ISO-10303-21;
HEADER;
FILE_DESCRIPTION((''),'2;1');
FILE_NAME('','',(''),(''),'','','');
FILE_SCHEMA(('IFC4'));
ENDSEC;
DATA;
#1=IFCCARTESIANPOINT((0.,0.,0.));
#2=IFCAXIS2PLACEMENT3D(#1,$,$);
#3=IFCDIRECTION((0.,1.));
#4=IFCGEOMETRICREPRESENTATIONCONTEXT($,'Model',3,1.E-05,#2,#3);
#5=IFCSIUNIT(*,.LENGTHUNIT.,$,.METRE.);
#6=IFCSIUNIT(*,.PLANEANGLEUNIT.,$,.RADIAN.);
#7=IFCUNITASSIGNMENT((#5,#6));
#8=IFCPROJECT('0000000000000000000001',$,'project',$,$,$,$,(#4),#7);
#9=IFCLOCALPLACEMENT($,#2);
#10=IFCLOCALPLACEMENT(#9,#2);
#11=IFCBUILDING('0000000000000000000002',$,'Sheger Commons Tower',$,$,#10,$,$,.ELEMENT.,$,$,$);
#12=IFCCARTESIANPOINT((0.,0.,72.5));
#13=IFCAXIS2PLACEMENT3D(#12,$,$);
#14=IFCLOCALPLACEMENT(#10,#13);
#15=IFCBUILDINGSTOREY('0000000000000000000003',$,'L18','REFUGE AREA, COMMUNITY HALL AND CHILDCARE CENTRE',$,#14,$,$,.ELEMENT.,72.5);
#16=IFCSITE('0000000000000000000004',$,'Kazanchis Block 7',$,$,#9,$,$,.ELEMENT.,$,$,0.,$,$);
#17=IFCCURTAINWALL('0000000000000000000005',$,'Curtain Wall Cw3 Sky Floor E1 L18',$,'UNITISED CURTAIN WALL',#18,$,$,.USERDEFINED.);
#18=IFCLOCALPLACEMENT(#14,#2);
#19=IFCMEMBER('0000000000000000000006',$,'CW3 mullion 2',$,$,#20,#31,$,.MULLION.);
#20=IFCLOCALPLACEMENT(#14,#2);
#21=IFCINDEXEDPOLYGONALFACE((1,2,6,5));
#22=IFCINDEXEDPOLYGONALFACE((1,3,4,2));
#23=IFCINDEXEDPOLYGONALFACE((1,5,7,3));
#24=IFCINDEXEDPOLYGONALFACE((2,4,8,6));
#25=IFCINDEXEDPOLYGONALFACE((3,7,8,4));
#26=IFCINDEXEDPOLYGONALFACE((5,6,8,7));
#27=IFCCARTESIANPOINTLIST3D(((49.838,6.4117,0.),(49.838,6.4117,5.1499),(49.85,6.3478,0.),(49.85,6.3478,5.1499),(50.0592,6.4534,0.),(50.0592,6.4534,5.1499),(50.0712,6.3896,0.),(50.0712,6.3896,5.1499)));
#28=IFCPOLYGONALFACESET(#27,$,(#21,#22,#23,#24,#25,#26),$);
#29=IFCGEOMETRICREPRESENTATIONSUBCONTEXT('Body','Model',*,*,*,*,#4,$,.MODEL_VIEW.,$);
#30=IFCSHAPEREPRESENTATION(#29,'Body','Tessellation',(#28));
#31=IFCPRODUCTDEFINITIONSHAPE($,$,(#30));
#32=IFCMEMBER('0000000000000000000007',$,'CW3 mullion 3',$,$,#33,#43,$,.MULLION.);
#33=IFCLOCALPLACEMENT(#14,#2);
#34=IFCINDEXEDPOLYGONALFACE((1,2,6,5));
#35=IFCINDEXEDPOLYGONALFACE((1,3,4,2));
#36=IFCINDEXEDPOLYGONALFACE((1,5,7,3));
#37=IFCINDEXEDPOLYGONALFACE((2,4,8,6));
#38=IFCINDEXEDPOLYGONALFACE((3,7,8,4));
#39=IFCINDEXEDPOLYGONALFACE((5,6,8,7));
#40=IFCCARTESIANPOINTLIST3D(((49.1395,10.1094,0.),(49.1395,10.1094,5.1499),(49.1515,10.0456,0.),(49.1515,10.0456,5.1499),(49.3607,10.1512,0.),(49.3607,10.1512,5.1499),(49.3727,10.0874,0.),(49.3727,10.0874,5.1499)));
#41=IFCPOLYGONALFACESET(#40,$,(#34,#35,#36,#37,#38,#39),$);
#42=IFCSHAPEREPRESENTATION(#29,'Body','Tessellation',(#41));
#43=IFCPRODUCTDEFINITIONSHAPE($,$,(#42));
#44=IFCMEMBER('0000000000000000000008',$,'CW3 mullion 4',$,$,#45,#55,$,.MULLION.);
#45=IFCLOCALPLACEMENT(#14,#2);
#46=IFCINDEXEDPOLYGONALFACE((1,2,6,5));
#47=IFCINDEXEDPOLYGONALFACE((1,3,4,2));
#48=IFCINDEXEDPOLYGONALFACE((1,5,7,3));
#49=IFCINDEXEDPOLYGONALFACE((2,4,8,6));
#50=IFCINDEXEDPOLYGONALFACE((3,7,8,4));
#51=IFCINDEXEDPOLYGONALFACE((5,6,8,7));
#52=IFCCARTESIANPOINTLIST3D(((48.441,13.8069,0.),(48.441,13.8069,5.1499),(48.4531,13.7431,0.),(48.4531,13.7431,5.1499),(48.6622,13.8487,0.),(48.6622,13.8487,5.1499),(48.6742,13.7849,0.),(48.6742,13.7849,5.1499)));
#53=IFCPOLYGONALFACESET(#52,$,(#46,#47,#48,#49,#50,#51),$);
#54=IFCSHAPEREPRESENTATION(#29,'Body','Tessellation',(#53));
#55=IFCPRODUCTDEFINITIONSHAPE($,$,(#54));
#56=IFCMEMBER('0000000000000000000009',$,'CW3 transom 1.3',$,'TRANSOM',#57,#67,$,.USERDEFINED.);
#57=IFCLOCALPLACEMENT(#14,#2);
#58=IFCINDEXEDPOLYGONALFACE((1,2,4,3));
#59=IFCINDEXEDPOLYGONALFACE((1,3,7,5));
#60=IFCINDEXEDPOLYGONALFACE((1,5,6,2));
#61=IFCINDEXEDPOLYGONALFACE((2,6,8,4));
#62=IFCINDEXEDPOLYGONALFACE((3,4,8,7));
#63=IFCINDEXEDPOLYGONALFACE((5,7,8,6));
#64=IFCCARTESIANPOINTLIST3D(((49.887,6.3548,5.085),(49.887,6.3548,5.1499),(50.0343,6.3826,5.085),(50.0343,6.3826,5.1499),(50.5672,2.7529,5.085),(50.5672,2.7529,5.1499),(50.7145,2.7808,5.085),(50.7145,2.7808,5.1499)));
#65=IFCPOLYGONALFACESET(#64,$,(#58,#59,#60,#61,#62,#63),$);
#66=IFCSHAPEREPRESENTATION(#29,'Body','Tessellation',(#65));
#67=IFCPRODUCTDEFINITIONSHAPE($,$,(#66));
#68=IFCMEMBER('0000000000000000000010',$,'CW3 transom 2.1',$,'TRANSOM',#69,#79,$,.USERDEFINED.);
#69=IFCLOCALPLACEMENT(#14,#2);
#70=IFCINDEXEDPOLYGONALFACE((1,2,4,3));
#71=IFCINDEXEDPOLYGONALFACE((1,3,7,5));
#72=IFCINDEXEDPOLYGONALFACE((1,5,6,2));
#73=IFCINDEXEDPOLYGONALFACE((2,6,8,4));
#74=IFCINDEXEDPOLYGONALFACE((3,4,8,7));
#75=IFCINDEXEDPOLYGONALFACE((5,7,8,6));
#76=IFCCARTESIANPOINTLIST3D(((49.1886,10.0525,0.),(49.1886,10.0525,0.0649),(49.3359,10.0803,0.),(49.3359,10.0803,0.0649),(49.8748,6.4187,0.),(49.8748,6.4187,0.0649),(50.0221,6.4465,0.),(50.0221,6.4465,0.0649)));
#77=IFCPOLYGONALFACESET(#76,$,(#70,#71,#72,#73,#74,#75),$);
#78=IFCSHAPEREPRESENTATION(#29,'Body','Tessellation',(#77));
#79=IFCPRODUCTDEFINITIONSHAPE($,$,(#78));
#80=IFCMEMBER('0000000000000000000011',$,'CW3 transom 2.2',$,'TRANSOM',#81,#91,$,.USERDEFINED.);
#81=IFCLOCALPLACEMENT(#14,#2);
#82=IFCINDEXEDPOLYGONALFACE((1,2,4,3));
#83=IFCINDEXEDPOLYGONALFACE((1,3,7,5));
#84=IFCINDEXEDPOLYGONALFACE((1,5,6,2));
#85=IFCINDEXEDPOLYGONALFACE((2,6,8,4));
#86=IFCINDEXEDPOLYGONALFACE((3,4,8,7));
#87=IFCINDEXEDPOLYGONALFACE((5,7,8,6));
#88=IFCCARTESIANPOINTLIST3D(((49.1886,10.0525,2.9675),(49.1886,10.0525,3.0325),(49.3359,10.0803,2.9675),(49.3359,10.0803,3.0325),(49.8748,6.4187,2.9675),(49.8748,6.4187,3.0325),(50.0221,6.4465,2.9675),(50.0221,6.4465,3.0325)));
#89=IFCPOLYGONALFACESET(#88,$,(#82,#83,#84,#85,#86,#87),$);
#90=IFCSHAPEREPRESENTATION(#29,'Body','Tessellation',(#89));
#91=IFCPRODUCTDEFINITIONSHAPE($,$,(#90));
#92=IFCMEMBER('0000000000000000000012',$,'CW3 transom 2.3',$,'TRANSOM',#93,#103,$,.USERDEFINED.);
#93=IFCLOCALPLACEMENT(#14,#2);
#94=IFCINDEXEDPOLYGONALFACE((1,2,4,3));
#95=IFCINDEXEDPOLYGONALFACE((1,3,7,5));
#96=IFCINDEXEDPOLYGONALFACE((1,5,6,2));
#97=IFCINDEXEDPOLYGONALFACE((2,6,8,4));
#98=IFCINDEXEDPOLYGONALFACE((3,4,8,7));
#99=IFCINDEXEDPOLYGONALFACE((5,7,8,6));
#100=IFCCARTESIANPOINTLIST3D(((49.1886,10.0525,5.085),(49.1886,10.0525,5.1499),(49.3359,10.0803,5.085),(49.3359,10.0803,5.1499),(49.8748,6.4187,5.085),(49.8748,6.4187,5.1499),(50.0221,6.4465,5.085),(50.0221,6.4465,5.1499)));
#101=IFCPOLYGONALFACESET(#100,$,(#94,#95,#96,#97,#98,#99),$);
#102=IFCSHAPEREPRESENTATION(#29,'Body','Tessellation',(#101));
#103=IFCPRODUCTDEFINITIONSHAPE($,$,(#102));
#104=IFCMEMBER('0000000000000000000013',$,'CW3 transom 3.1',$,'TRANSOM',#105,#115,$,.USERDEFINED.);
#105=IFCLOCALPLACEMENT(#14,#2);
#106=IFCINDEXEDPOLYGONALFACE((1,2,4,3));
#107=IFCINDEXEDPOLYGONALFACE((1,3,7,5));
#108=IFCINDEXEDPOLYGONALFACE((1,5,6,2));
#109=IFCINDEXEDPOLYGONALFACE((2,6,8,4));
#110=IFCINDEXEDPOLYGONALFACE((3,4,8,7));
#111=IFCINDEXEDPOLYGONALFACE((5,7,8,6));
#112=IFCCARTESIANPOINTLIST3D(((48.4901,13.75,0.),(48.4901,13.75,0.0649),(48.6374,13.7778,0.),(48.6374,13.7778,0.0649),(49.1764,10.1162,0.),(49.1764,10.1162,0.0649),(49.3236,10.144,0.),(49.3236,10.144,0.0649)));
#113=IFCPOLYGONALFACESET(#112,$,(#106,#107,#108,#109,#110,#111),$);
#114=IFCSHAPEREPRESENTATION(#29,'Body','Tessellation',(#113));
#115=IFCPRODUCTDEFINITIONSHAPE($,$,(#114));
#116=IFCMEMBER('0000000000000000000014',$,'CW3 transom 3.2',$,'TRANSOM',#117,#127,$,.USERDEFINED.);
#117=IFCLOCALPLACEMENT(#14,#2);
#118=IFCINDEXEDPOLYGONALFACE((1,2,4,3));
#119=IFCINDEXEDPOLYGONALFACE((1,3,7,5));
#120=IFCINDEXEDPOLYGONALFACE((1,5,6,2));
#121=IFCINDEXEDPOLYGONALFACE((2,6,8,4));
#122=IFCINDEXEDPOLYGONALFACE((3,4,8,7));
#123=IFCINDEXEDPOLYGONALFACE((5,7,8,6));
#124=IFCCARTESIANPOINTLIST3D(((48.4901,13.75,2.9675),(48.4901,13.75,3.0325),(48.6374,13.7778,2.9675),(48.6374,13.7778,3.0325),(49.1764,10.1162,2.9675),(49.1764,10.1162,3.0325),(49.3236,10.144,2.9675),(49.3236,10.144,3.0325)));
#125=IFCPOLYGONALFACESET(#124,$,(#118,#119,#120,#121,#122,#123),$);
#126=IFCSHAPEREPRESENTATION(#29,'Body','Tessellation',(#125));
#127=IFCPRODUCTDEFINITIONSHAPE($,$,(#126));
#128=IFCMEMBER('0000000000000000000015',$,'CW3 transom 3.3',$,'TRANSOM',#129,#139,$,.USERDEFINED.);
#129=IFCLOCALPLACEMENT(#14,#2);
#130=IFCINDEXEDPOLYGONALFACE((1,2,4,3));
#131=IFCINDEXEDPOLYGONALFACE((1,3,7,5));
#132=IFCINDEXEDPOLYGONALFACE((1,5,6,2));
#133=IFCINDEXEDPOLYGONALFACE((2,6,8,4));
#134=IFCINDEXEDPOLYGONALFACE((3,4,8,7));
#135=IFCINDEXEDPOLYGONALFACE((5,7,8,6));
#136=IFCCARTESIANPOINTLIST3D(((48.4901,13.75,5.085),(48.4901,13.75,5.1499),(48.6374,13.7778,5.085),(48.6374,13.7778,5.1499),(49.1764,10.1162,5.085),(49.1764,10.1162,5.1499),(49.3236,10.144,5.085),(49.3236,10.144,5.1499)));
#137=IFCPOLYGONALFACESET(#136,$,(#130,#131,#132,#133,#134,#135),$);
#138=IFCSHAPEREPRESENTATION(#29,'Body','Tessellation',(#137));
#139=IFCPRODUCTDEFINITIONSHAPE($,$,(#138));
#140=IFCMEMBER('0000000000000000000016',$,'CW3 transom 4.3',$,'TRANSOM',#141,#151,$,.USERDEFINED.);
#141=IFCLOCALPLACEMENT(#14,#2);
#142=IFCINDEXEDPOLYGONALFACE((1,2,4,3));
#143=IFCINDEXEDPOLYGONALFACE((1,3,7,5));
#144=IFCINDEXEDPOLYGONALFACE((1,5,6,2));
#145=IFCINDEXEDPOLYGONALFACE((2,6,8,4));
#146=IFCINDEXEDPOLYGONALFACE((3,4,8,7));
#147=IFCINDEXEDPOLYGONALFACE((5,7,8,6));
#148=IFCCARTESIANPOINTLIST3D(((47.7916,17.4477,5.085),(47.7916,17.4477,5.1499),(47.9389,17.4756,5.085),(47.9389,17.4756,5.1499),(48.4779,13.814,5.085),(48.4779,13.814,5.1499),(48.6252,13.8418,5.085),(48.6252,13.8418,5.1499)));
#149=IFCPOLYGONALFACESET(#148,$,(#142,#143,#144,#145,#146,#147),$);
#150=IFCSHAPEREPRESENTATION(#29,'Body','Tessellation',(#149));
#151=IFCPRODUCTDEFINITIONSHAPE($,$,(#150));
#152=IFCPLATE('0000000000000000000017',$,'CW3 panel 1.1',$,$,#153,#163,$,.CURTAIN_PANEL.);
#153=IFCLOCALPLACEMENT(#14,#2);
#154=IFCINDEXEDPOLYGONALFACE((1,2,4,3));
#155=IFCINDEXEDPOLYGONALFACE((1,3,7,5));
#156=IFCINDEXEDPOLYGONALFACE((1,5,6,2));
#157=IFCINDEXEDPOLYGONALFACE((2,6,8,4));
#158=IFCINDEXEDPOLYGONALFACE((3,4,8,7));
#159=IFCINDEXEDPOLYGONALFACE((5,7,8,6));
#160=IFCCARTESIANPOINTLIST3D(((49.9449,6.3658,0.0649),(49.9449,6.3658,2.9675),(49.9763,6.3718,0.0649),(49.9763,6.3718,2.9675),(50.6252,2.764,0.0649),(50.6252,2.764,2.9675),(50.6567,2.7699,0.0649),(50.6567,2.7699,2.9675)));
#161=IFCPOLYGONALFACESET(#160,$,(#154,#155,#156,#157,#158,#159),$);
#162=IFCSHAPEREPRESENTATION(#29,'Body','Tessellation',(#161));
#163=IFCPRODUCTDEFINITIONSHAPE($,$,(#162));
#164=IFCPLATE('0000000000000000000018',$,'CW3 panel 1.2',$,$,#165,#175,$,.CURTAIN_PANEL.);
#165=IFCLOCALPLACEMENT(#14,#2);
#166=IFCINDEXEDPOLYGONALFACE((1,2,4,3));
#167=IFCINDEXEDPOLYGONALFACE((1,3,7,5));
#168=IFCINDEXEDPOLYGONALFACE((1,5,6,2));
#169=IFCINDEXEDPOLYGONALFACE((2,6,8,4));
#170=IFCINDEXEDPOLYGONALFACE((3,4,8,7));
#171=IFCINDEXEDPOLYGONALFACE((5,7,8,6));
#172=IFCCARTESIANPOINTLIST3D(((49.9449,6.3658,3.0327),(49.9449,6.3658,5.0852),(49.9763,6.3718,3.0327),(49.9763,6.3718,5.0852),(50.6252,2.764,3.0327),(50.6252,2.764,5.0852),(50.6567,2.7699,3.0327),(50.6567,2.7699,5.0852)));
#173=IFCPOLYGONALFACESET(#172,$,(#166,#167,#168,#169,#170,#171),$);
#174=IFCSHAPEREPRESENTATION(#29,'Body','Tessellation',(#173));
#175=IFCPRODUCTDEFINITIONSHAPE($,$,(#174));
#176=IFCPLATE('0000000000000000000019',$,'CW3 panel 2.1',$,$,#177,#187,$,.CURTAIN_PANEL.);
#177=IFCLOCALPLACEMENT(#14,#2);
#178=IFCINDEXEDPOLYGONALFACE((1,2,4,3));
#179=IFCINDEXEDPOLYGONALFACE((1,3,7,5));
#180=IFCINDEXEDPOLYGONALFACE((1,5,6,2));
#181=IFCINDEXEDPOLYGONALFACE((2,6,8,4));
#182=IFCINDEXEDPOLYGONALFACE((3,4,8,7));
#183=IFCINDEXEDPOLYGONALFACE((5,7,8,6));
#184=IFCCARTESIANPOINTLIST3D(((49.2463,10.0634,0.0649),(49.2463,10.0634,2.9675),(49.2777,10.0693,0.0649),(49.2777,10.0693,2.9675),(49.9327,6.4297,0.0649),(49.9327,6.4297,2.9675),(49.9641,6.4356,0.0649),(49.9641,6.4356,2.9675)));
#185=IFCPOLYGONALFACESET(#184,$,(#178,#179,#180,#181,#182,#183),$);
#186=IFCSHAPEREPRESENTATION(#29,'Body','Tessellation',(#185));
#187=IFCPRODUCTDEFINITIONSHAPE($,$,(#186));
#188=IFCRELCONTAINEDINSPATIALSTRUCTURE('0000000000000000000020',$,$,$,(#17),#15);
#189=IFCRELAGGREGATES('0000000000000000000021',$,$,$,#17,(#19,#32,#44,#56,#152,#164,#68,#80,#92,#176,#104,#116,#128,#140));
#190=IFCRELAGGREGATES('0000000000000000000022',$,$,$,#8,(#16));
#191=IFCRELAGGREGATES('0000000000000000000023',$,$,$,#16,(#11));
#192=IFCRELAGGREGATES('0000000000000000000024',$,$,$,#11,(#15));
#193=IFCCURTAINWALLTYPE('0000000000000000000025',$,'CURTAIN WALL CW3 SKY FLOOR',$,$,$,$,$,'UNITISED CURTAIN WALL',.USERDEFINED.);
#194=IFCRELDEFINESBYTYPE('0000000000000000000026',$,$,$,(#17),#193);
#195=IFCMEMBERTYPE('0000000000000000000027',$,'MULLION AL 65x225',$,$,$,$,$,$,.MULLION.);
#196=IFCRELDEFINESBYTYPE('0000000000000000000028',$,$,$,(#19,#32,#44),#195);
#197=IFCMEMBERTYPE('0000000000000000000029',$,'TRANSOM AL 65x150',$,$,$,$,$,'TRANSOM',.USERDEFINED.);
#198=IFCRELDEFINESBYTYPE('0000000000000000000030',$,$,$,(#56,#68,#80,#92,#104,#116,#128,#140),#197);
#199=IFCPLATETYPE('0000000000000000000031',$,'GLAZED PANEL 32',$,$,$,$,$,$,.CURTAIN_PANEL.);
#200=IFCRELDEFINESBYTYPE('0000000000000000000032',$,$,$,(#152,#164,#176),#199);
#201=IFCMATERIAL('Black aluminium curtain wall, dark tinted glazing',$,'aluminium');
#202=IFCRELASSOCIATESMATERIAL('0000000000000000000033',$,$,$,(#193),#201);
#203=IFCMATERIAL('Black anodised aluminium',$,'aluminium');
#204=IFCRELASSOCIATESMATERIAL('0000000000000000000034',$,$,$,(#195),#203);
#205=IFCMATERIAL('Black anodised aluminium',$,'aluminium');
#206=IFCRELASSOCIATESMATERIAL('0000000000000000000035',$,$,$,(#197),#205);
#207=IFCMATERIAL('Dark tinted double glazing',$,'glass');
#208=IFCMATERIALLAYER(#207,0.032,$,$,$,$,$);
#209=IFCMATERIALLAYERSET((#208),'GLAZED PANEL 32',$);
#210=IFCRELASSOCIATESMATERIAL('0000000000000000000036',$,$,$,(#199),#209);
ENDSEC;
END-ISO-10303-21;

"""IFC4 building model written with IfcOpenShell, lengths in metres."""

from ifc_helpers import new_model, si_unit, direction, frame, origin, origin_2d, place, context, subcontext, project, spatial, rectangle, extrude, material, layer, layer_set, material_profile, profile_set, type_object, element, aggregate, save


model = new_model("IFC4")

# Units and contexts
model_context = context("Model", 3, precision=1e-05, world=origin(), true_north=direction((0.0, 1.0)))
body_context = subcontext(model_context, "Body", "Model", "MODEL_VIEW")
ifc_project = project(units=[si_unit("LENGTHUNIT", "METRE"), si_unit("PLANEANGLEUNIT", "RADIAN")], contexts=[model_context])

# Site, building, storey
site_placement = place(None, origin())
site = spatial("IfcSite", under=ifc_project, at=site_placement, Name="Kazanchis Block 7", CompositionType="ELEMENT", RefElevation=0.0)
building_placement = place(site_placement, origin())
building = spatial("IfcBuilding", under=site, at=building_placement, Name="Sheger Commons Tower", CompositionType="ELEMENT")
storey_placement = place(building_placement, frame((0.0, 0.0, 72.5)))
storey = spatial("IfcBuildingStorey", under=building, at=storey_placement, Name="L18", Description="REFUGE AREA, COMMUNITY HALL AND CHILDCARE CENTRE", CompositionType="ELEMENT", Elevation=72.5)

# Curtain wall, members, plates
ifc_material_1 = material(Name="Black aluminium curtain wall, dark tinted glazing", Category="aluminium")
curtain_wall_type = type_object("IfcCurtainWallType", Name="CURTAIN WALL CW3 SKY FLOOR", ElementType="UNITISED CURTAIN WALL", PredefinedType="USERDEFINED", material=ifc_material_1)
curtain_wall_placement = place(storey_placement, origin())
curtain_wall = element("IfcCurtainWall", 1, at=curtain_wall_placement, inside=storey, type_object=curtain_wall_type, Name="Curtain Wall Cw3 Sky Floor E1 L18", ObjectType="UNITISED CURTAIN WALL", PredefinedType="USERDEFINED")
ifc_material_2 = material(Name="Black anodised aluminium", Category="aluminium")
ifc_material_profile_1 = material_profile(ifc_material_2, rectangle(XDim=0.2251, YDim=0.0649, at=origin_2d()), Name="AL 65x225")
ifc_profile_set_1 = profile_set([ifc_material_profile_1], Name="Black anodised aluminium")
member_type_1 = type_object("IfcMemberType", Name="MULLION AL 65x225", PredefinedType="MULLION", material=ifc_profile_set_1)
member_1_placement = place(storey_placement, frame((49.9546, 6.4006, 0.0), z_axis=(0.0, 0.0, 1.0), x_axis=(-0.982624, -0.18561, 0.0)))
member_1 = element("IfcMember", 2, at=member_1_placement, type_object=member_type_1, Name="CW3 mullion 2", PredefinedType="MULLION", context=body_context, shape_type="SweptSolid", body=[
    extrude(rectangle(XDim=0.2251, YDim=0.0649, at=origin_2d()), origin(), (0.0, 0.0, 1.0), 5.1499),
])
member_2_placement = place(storey_placement, frame((49.2561, 10.0984, 0.0), z_axis=(0.0, 0.0, 1.0), x_axis=(-0.982624, -0.18561, 0.0)))
member_2 = element("IfcMember", 3, at=member_2_placement, type_object=member_type_1, Name="CW3 mullion 3", PredefinedType="MULLION", context=body_context, shape_type="SweptSolid", body=[
    extrude(rectangle(XDim=0.2251, YDim=0.0649, at=origin_2d()), origin(), (0.0, 0.0, 1.0), 5.1499),
])
member_3_placement = place(storey_placement, frame((48.5576, 13.7959, 0.0), z_axis=(0.0, 0.0, 1.0), x_axis=(-0.982624, -0.18561, 0.0)))
member_3 = element("IfcMember", 4, at=member_3_placement, type_object=member_type_1, Name="CW3 mullion 4", PredefinedType="MULLION", context=body_context, shape_type="SweptSolid", body=[
    extrude(rectangle(XDim=0.2251, YDim=0.0649, at=origin_2d()), origin(), (0.0, 0.0, 1.0), 5.1499),
])
ifc_material_3 = material(Name="Black anodised aluminium", Category="aluminium")
ifc_material_profile_2 = material_profile(ifc_material_3, rectangle(XDim=0.1499, YDim=0.0649, at=origin_2d()), Name="AL 65x150")
ifc_profile_set_2 = profile_set([ifc_material_profile_2], Name="Black anodised aluminium")
member_type_2 = type_object("IfcMemberType", Name="TRANSOM AL 65x150", ElementType="TRANSOM", PredefinedType="USERDEFINED", material=ifc_profile_set_2)
member_4_placement = place(storey_placement, frame((50.6409, 2.7668, 5.1174), z_axis=(-0.185563, 0.982632, 0.0), x_axis=(-0.982632, -0.185563, 0.0)))
member_4 = element("IfcMember", 5, at=member_4_placement, type_object=member_type_2, Name="CW3 transom 1.3", ObjectType="TRANSOM", PredefinedType="USERDEFINED", context=body_context, shape_type="SweptSolid", body=[
    extrude(rectangle(XDim=0.1499, YDim=0.0649, at=origin_2d()), origin(), (0.0, 0.0, 1.0), 3.6655),
])
member_5_placement = place(storey_placement, frame((49.9485, 6.4326, 0.0325), z_axis=(-0.18558, 0.982629, 0.0), x_axis=(-0.982629, -0.18558, 0.0)))
member_5 = element("IfcMember", 6, at=member_5_placement, type_object=member_type_2, Name="CW3 transom 2.1", ObjectType="TRANSOM", PredefinedType="USERDEFINED", context=body_context, shape_type="SweptSolid", body=[
    extrude(rectangle(XDim=0.1499, YDim=0.0649, at=origin_2d()), origin(), (0.0, 0.0, 1.0), 3.698),
])
member_6_placement = place(storey_placement, frame((49.9485, 6.4326, 3.0), z_axis=(-0.18558, 0.982629, 0.0), x_axis=(-0.982629, -0.18558, 0.0)))
member_6 = element("IfcMember", 7, at=member_6_placement, type_object=member_type_2, Name="CW3 transom 2.2", ObjectType="TRANSOM", PredefinedType="USERDEFINED", context=body_context, shape_type="SweptSolid", body=[
    extrude(rectangle(XDim=0.1499, YDim=0.0649, at=origin_2d()), origin(), (0.0, 0.0, 1.0), 3.698),
])
member_7_placement = place(storey_placement, frame((49.9485, 6.4326, 5.1174), z_axis=(-0.18558, 0.982629, 0.0), x_axis=(-0.982629, -0.18558, 0.0)))
member_7 = element("IfcMember", 8, at=member_7_placement, type_object=member_type_2, Name="CW3 transom 2.3", ObjectType="TRANSOM", PredefinedType="USERDEFINED", context=body_context, shape_type="SweptSolid", body=[
    extrude(rectangle(XDim=0.1499, YDim=0.0649, at=origin_2d()), origin(), (0.0, 0.0, 1.0), 3.698),
])
member_8_placement = place(storey_placement, frame((49.25, 10.1301, 0.0325), z_axis=(-0.18558, 0.982629, 0.0), x_axis=(-0.982629, -0.18558, 0.0)))
member_8 = element("IfcMember", 9, at=member_8_placement, type_object=member_type_2, Name="CW3 transom 3.1", ObjectType="TRANSOM", PredefinedType="USERDEFINED", context=body_context, shape_type="SweptSolid", body=[
    extrude(rectangle(XDim=0.1499, YDim=0.0649, at=origin_2d()), origin(), (0.0, 0.0, 1.0), 3.698),
])
member_9_placement = place(storey_placement, frame((49.25, 10.1301, 3.0), z_axis=(-0.18558, 0.982629, 0.0), x_axis=(-0.982629, -0.18558, 0.0)))
member_9 = element("IfcMember", 10, at=member_9_placement, type_object=member_type_2, Name="CW3 transom 3.2", ObjectType="TRANSOM", PredefinedType="USERDEFINED", context=body_context, shape_type="SweptSolid", body=[
    extrude(rectangle(XDim=0.1499, YDim=0.0649, at=origin_2d()), origin(), (0.0, 0.0, 1.0), 3.698),
])
member_10_placement = place(storey_placement, frame((49.25, 10.1301, 5.1174), z_axis=(-0.18558, 0.982629, 0.0), x_axis=(-0.982629, -0.18558, 0.0)))
member_10 = element("IfcMember", 11, at=member_10_placement, type_object=member_type_2, Name="CW3 transom 3.3", ObjectType="TRANSOM", PredefinedType="USERDEFINED", context=body_context, shape_type="SweptSolid", body=[
    extrude(rectangle(XDim=0.1499, YDim=0.0649, at=origin_2d()), origin(), (0.0, 0.0, 1.0), 3.698),
])
member_11_placement = place(storey_placement, frame((48.5515, 13.8279, 5.1174), z_axis=(-0.18558, 0.982629, 0.0), x_axis=(-0.982629, -0.18558, 0.0)))
member_11 = element("IfcMember", 12, at=member_11_placement, type_object=member_type_2, Name="CW3 transom 4.3", ObjectType="TRANSOM", PredefinedType="USERDEFINED", context=body_context, shape_type="SweptSolid", body=[
    extrude(rectangle(XDim=0.1499, YDim=0.0649, at=origin_2d()), origin(), (0.0, 0.0, 1.0), 3.698),
])
ifc_material_4 = material(Name="Dark tinted double glazing", Category="glass")
ifc_layer_1 = layer(ifc_material_4, 0.032)
ifc_layer_set_1 = layer_set([ifc_layer_1], Name="GLAZED PANEL 32")
plate_type_1 = type_object("IfcPlateType", Name="GLAZED PANEL 32", PredefinedType="CURTAIN_PANEL", material=ifc_layer_set_1)
plate_1_placement = place(storey_placement, frame((50.3008, 4.5679, 0.0649), z_axis=(0.0, 0.0, 1.0), x_axis=(-0.18561, 0.982624, 0.0)))
plate_1 = element("IfcPlate", 13, at=plate_1_placement, type_object=plate_type_1, Name="CW3 panel 1.1", PredefinedType="CURTAIN_PANEL", context=body_context, shape_type="SweptSolid", body=[
    extrude(rectangle(XDim=3.6655, YDim=0.032, at=origin_2d()), origin(), (0.0, 0.0, 1.0), 2.9026),
])
plate_2_placement = place(storey_placement, frame((50.3008, 4.5679, 3.0327), z_axis=(0.0, 0.0, 1.0), x_axis=(-0.18561, 0.982624, 0.0)))
plate_2 = element("IfcPlate", 14, at=plate_2_placement, type_object=plate_type_1, Name="CW3 panel 1.2", PredefinedType="CURTAIN_PANEL", context=body_context, shape_type="SweptSolid", body=[
    extrude(rectangle(XDim=3.6655, YDim=0.032, at=origin_2d()), origin(), (0.0, 0.0, 1.0), 2.0525),
])
plate_3_placement = place(storey_placement, frame((49.6052, 8.2495, 0.0649), z_axis=(0.0, 0.0, 1.0), x_axis=(-0.18561, 0.982624, 0.0)))
plate_3 = element("IfcPlate", 15, at=plate_3_placement, type_object=plate_type_1, Name="CW3 panel 2.1", PredefinedType="CURTAIN_PANEL", context=body_context, shape_type="SweptSolid", body=[
    extrude(rectangle(XDim=3.698, YDim=0.032, at=origin_2d()), origin(), (0.0, 0.0, 1.0), 2.9026),
])
aggregate(curtain_wall, [member_1, member_2, member_3, member_4, plate_1, plate_2, member_5, member_6, member_7, plate_3, member_8, member_9, member_10, member_11])

save(model, "model.ifc")
